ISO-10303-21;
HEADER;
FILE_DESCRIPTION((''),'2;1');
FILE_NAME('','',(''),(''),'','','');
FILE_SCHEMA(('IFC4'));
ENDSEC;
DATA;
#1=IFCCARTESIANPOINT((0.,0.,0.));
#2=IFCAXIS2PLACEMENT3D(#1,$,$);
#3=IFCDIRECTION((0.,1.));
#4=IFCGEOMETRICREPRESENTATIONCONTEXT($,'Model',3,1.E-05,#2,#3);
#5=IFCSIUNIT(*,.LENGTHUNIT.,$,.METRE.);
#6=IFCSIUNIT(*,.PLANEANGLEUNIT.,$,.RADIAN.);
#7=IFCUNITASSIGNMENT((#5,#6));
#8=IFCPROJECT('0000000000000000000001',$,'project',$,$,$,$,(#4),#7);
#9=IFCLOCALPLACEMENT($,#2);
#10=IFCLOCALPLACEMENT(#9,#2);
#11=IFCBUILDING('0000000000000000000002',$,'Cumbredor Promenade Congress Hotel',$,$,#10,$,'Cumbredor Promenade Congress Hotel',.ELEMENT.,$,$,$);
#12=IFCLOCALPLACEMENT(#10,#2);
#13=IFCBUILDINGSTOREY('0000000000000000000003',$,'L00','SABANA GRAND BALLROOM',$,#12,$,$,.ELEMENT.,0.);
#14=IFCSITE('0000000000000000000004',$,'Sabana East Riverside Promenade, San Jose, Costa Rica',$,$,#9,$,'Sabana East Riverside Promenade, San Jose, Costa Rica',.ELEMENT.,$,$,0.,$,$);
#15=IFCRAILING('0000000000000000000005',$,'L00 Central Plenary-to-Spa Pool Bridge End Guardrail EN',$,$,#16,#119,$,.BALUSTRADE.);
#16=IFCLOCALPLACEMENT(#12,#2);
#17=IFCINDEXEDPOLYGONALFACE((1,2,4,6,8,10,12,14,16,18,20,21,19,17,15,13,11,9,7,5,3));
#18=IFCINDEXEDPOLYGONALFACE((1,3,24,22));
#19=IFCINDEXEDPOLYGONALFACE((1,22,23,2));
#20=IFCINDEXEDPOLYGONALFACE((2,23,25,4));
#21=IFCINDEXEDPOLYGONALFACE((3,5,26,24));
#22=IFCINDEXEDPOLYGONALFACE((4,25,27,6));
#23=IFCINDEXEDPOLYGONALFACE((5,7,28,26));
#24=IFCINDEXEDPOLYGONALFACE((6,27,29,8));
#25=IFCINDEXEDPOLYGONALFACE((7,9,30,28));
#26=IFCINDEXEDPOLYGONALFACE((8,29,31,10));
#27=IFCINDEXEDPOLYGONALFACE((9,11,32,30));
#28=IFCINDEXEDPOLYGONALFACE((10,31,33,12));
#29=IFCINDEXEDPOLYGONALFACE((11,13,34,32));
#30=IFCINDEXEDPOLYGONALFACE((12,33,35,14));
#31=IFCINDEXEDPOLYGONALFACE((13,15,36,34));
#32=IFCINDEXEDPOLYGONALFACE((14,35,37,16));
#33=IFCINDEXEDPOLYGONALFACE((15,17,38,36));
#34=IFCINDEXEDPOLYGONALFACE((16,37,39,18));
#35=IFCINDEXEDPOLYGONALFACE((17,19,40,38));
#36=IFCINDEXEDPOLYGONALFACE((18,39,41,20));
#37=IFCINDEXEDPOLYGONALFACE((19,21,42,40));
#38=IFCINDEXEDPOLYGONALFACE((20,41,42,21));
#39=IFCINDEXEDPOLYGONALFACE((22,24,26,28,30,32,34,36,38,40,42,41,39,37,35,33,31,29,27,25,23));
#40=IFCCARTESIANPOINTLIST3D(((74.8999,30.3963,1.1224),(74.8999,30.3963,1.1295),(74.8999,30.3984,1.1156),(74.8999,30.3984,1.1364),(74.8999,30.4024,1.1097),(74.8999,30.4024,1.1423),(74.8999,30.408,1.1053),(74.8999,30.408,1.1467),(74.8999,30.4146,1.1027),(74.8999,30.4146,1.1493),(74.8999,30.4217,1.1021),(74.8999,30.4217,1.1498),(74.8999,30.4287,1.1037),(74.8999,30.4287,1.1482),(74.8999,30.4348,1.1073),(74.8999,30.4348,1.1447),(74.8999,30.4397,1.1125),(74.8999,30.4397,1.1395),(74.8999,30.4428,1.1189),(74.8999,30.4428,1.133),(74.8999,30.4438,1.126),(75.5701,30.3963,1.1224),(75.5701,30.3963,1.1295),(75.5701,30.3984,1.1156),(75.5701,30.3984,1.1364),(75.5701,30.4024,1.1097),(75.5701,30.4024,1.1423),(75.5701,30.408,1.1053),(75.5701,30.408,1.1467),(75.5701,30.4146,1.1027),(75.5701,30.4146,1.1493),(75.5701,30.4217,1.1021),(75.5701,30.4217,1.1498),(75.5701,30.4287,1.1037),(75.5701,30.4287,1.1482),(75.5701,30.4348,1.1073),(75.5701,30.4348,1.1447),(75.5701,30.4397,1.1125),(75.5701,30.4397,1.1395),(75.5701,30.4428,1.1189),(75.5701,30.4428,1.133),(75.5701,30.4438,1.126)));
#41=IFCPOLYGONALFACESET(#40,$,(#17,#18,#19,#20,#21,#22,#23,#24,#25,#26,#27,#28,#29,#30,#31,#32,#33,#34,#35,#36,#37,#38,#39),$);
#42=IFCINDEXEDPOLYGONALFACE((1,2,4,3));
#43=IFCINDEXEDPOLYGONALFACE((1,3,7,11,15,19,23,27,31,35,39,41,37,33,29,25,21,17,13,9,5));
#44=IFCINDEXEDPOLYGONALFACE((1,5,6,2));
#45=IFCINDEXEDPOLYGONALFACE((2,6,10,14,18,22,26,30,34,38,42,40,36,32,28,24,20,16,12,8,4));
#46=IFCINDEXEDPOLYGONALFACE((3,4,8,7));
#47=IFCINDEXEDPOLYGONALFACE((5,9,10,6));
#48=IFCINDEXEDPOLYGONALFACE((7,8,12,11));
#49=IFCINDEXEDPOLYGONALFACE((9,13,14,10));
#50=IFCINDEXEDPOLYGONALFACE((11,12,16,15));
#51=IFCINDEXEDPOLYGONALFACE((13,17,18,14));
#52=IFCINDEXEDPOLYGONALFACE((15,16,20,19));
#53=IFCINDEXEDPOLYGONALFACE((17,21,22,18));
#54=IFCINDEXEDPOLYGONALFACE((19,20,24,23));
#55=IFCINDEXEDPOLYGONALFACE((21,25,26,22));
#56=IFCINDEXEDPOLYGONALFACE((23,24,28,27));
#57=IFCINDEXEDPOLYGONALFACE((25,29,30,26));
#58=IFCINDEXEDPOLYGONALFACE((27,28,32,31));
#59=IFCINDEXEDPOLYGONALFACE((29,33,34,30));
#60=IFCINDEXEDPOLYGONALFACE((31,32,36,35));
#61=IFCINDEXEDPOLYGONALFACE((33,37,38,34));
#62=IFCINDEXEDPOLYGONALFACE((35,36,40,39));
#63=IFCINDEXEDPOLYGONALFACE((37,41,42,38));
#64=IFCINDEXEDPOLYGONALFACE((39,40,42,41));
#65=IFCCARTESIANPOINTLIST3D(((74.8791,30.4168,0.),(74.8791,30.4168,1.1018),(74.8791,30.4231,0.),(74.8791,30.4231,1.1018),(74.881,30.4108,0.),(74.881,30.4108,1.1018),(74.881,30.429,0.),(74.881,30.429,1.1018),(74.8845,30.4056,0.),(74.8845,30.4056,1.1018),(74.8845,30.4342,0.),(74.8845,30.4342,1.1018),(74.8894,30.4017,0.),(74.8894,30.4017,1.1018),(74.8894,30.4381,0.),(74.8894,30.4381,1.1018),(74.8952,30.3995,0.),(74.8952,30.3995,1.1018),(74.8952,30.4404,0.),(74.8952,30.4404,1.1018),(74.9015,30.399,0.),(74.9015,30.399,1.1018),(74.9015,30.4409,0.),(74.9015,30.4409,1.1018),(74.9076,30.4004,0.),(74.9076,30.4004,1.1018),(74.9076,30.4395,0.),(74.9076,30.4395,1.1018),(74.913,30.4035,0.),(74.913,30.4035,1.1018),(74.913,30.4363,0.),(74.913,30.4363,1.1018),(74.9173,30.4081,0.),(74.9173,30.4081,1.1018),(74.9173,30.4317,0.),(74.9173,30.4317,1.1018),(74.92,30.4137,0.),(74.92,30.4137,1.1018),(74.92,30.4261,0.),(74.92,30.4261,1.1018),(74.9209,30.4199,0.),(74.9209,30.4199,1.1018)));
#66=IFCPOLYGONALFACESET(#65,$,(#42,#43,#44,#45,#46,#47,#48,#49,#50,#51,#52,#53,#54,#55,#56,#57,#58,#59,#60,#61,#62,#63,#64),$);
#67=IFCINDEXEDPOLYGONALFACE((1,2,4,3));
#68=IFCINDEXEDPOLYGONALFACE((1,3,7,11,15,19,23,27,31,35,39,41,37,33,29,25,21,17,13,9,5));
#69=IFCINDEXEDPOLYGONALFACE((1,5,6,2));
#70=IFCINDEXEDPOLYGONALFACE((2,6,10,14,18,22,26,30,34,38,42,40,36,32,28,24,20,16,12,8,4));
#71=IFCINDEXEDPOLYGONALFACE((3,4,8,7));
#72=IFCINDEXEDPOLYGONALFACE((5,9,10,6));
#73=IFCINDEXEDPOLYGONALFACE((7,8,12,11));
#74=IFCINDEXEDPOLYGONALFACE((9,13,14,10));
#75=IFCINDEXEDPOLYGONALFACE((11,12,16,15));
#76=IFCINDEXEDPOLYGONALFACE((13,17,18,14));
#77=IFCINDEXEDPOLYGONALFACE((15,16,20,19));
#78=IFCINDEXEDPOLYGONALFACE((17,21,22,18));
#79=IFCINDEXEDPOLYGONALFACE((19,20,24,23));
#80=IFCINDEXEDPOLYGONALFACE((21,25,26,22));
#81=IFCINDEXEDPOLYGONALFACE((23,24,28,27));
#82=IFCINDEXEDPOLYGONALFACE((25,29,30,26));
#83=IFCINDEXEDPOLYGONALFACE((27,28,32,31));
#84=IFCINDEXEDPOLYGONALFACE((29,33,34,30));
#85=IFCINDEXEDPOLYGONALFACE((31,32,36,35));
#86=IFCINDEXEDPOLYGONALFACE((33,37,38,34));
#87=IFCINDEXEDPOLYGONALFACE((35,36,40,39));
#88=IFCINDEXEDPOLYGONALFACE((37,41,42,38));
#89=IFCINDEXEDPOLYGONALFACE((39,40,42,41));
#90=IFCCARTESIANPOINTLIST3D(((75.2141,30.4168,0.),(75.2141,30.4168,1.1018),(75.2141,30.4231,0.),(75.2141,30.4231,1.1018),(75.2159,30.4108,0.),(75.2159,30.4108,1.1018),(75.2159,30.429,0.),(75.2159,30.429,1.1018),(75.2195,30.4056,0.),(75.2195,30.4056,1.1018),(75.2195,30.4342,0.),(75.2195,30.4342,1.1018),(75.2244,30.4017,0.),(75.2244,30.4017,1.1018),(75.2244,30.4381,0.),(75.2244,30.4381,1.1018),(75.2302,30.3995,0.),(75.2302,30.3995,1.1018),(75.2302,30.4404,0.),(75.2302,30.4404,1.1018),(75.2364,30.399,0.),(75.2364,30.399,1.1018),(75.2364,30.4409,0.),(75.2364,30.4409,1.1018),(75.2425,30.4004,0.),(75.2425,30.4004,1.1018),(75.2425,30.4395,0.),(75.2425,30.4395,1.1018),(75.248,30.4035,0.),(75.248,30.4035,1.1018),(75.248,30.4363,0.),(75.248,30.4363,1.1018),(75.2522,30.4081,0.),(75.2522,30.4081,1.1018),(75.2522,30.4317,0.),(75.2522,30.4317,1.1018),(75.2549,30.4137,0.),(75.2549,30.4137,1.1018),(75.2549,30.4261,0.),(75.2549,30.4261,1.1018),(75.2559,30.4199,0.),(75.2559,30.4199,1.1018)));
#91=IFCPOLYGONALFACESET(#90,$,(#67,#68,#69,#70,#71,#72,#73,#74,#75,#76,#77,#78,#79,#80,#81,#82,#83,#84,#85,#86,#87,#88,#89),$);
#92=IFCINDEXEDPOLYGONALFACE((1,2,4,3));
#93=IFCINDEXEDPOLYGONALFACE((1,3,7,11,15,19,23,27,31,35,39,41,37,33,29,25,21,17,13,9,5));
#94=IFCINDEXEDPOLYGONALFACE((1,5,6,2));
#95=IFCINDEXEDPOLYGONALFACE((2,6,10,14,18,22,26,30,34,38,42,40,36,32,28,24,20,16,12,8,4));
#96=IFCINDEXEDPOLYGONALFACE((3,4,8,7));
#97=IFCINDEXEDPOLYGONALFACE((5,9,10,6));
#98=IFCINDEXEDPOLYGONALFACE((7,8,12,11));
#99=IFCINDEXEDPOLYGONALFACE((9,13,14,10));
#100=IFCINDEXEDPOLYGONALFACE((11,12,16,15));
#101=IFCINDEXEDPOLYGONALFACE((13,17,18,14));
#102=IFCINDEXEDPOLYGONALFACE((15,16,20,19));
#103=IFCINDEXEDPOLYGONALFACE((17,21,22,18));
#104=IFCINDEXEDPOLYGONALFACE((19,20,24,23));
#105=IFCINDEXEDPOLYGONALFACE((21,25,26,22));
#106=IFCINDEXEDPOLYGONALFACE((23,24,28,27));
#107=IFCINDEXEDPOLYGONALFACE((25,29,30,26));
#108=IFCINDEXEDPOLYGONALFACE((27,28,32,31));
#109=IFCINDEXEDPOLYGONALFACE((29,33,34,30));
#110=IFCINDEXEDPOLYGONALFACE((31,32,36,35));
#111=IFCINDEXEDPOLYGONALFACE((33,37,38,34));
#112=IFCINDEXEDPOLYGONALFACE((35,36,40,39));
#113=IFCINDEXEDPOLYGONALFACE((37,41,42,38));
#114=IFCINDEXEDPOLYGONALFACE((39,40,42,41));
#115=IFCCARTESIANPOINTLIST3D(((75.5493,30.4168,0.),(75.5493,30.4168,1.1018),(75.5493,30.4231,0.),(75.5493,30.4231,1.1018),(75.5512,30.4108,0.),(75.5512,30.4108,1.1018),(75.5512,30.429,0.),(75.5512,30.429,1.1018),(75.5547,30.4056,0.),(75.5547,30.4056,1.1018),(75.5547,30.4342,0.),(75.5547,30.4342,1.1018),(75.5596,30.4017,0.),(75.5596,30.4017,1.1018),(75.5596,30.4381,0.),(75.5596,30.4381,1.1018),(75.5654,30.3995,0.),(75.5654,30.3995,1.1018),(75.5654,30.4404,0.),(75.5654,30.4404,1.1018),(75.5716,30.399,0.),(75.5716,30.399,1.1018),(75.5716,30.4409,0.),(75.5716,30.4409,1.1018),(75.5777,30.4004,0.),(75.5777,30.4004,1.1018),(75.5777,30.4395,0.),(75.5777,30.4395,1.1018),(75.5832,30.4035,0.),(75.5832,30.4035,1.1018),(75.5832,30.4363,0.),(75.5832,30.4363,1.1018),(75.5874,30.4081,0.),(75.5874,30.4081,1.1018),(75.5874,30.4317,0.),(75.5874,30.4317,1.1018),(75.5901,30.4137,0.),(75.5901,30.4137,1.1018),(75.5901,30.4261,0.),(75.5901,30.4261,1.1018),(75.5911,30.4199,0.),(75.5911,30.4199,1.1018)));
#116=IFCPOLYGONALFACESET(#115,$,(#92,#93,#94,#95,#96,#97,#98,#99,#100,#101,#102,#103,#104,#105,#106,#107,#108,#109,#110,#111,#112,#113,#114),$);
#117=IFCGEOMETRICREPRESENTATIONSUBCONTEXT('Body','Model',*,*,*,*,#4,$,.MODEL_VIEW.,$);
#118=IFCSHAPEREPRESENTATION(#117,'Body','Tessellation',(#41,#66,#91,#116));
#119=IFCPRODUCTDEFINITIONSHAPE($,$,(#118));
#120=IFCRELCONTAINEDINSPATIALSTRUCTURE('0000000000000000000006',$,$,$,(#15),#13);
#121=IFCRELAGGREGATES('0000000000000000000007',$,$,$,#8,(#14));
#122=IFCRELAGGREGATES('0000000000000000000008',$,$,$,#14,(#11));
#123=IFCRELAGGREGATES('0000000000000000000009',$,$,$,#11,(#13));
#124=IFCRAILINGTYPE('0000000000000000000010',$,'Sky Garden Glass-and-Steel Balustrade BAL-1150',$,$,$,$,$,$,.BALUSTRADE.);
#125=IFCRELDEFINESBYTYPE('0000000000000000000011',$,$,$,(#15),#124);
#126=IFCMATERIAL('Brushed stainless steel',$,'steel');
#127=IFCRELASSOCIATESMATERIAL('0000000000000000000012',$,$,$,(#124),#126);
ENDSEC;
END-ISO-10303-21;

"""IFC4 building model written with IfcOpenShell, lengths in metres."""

from ifc_helpers import new_model, si_unit, direction, frame, origin, origin_2d, place, context, subcontext, project, spatial, circle, extrude, material, type_object, element, save


model = new_model("IFC4")

# Units and contexts
model_context = context("Model", 3, precision=1e-05, world=origin(), true_north=direction((0.0, 1.0)))
body_context = subcontext(model_context, "Body", "Model", "MODEL_VIEW")
ifc_project = project(units=[si_unit("LENGTHUNIT", "METRE"), si_unit("PLANEANGLEUNIT", "RADIAN")], contexts=[model_context])

# Site, building, storey
site_placement = place(None, origin())
site = spatial("IfcSite", under=ifc_project, at=site_placement, Name="Sabana East Riverside Promenade, San Jose, Costa Rica", LongName="Sabana East Riverside Promenade, San Jose, Costa Rica", CompositionType="ELEMENT", RefElevation=0.0)
building_placement = place(site_placement, origin())
building = spatial("IfcBuilding", under=site, at=building_placement, Name="Cumbredor Promenade Congress Hotel", LongName="Cumbredor Promenade Congress Hotel", CompositionType="ELEMENT")
storey_placement = place(building_placement, origin())
storey = spatial("IfcBuildingStorey", under=building, at=storey_placement, Name="L00", Description="SABANA GRAND BALLROOM", CompositionType="ELEMENT", Elevation=0.0)

# Railing
ifc_material_1 = material(Name="Brushed stainless steel", Category="steel")
railing_type = type_object("IfcRailingType", Name="Sky Garden Glass-and-Steel Balustrade BAL-1150", PredefinedType="BALUSTRADE", material=ifc_material_1)
railing_placement = place(storey_placement, frame((74.8999, 30.4199, 0.0)))
element("IfcRailing", 1, at=railing_placement, inside=storey, type_object=railing_type, Name="L00 Central Plenary-to-Spa Pool Bridge End Guardrail EN", PredefinedType="BALUSTRADE", context=body_context, shape_type="SweptSolid", body=[
    extrude(circle(Radius=0.0239, at=origin_2d()), frame((0.0, 0.0, 1.126), z_axis=(1.0, 0.0, 0.0), x_axis=(0.0, 1.0, 0.0)), (0.0, 0.0, 1.0), 0.6702),
    extrude(circle(Radius=0.021, at=origin_2d()), origin(), (0.0, 0.0, 1.0), 1.1018),
    extrude(circle(Radius=0.021, at=origin_2d()), frame((0.335, 0.0, 0.0)), (0.0, 0.0, 1.0), 1.1018),
    extrude(circle(Radius=0.021, at=origin_2d()), frame((0.6702, 0.0, 0.0)), (0.0, 0.0, 1.0), 1.1018),
])

save(model, "model.ifc")
